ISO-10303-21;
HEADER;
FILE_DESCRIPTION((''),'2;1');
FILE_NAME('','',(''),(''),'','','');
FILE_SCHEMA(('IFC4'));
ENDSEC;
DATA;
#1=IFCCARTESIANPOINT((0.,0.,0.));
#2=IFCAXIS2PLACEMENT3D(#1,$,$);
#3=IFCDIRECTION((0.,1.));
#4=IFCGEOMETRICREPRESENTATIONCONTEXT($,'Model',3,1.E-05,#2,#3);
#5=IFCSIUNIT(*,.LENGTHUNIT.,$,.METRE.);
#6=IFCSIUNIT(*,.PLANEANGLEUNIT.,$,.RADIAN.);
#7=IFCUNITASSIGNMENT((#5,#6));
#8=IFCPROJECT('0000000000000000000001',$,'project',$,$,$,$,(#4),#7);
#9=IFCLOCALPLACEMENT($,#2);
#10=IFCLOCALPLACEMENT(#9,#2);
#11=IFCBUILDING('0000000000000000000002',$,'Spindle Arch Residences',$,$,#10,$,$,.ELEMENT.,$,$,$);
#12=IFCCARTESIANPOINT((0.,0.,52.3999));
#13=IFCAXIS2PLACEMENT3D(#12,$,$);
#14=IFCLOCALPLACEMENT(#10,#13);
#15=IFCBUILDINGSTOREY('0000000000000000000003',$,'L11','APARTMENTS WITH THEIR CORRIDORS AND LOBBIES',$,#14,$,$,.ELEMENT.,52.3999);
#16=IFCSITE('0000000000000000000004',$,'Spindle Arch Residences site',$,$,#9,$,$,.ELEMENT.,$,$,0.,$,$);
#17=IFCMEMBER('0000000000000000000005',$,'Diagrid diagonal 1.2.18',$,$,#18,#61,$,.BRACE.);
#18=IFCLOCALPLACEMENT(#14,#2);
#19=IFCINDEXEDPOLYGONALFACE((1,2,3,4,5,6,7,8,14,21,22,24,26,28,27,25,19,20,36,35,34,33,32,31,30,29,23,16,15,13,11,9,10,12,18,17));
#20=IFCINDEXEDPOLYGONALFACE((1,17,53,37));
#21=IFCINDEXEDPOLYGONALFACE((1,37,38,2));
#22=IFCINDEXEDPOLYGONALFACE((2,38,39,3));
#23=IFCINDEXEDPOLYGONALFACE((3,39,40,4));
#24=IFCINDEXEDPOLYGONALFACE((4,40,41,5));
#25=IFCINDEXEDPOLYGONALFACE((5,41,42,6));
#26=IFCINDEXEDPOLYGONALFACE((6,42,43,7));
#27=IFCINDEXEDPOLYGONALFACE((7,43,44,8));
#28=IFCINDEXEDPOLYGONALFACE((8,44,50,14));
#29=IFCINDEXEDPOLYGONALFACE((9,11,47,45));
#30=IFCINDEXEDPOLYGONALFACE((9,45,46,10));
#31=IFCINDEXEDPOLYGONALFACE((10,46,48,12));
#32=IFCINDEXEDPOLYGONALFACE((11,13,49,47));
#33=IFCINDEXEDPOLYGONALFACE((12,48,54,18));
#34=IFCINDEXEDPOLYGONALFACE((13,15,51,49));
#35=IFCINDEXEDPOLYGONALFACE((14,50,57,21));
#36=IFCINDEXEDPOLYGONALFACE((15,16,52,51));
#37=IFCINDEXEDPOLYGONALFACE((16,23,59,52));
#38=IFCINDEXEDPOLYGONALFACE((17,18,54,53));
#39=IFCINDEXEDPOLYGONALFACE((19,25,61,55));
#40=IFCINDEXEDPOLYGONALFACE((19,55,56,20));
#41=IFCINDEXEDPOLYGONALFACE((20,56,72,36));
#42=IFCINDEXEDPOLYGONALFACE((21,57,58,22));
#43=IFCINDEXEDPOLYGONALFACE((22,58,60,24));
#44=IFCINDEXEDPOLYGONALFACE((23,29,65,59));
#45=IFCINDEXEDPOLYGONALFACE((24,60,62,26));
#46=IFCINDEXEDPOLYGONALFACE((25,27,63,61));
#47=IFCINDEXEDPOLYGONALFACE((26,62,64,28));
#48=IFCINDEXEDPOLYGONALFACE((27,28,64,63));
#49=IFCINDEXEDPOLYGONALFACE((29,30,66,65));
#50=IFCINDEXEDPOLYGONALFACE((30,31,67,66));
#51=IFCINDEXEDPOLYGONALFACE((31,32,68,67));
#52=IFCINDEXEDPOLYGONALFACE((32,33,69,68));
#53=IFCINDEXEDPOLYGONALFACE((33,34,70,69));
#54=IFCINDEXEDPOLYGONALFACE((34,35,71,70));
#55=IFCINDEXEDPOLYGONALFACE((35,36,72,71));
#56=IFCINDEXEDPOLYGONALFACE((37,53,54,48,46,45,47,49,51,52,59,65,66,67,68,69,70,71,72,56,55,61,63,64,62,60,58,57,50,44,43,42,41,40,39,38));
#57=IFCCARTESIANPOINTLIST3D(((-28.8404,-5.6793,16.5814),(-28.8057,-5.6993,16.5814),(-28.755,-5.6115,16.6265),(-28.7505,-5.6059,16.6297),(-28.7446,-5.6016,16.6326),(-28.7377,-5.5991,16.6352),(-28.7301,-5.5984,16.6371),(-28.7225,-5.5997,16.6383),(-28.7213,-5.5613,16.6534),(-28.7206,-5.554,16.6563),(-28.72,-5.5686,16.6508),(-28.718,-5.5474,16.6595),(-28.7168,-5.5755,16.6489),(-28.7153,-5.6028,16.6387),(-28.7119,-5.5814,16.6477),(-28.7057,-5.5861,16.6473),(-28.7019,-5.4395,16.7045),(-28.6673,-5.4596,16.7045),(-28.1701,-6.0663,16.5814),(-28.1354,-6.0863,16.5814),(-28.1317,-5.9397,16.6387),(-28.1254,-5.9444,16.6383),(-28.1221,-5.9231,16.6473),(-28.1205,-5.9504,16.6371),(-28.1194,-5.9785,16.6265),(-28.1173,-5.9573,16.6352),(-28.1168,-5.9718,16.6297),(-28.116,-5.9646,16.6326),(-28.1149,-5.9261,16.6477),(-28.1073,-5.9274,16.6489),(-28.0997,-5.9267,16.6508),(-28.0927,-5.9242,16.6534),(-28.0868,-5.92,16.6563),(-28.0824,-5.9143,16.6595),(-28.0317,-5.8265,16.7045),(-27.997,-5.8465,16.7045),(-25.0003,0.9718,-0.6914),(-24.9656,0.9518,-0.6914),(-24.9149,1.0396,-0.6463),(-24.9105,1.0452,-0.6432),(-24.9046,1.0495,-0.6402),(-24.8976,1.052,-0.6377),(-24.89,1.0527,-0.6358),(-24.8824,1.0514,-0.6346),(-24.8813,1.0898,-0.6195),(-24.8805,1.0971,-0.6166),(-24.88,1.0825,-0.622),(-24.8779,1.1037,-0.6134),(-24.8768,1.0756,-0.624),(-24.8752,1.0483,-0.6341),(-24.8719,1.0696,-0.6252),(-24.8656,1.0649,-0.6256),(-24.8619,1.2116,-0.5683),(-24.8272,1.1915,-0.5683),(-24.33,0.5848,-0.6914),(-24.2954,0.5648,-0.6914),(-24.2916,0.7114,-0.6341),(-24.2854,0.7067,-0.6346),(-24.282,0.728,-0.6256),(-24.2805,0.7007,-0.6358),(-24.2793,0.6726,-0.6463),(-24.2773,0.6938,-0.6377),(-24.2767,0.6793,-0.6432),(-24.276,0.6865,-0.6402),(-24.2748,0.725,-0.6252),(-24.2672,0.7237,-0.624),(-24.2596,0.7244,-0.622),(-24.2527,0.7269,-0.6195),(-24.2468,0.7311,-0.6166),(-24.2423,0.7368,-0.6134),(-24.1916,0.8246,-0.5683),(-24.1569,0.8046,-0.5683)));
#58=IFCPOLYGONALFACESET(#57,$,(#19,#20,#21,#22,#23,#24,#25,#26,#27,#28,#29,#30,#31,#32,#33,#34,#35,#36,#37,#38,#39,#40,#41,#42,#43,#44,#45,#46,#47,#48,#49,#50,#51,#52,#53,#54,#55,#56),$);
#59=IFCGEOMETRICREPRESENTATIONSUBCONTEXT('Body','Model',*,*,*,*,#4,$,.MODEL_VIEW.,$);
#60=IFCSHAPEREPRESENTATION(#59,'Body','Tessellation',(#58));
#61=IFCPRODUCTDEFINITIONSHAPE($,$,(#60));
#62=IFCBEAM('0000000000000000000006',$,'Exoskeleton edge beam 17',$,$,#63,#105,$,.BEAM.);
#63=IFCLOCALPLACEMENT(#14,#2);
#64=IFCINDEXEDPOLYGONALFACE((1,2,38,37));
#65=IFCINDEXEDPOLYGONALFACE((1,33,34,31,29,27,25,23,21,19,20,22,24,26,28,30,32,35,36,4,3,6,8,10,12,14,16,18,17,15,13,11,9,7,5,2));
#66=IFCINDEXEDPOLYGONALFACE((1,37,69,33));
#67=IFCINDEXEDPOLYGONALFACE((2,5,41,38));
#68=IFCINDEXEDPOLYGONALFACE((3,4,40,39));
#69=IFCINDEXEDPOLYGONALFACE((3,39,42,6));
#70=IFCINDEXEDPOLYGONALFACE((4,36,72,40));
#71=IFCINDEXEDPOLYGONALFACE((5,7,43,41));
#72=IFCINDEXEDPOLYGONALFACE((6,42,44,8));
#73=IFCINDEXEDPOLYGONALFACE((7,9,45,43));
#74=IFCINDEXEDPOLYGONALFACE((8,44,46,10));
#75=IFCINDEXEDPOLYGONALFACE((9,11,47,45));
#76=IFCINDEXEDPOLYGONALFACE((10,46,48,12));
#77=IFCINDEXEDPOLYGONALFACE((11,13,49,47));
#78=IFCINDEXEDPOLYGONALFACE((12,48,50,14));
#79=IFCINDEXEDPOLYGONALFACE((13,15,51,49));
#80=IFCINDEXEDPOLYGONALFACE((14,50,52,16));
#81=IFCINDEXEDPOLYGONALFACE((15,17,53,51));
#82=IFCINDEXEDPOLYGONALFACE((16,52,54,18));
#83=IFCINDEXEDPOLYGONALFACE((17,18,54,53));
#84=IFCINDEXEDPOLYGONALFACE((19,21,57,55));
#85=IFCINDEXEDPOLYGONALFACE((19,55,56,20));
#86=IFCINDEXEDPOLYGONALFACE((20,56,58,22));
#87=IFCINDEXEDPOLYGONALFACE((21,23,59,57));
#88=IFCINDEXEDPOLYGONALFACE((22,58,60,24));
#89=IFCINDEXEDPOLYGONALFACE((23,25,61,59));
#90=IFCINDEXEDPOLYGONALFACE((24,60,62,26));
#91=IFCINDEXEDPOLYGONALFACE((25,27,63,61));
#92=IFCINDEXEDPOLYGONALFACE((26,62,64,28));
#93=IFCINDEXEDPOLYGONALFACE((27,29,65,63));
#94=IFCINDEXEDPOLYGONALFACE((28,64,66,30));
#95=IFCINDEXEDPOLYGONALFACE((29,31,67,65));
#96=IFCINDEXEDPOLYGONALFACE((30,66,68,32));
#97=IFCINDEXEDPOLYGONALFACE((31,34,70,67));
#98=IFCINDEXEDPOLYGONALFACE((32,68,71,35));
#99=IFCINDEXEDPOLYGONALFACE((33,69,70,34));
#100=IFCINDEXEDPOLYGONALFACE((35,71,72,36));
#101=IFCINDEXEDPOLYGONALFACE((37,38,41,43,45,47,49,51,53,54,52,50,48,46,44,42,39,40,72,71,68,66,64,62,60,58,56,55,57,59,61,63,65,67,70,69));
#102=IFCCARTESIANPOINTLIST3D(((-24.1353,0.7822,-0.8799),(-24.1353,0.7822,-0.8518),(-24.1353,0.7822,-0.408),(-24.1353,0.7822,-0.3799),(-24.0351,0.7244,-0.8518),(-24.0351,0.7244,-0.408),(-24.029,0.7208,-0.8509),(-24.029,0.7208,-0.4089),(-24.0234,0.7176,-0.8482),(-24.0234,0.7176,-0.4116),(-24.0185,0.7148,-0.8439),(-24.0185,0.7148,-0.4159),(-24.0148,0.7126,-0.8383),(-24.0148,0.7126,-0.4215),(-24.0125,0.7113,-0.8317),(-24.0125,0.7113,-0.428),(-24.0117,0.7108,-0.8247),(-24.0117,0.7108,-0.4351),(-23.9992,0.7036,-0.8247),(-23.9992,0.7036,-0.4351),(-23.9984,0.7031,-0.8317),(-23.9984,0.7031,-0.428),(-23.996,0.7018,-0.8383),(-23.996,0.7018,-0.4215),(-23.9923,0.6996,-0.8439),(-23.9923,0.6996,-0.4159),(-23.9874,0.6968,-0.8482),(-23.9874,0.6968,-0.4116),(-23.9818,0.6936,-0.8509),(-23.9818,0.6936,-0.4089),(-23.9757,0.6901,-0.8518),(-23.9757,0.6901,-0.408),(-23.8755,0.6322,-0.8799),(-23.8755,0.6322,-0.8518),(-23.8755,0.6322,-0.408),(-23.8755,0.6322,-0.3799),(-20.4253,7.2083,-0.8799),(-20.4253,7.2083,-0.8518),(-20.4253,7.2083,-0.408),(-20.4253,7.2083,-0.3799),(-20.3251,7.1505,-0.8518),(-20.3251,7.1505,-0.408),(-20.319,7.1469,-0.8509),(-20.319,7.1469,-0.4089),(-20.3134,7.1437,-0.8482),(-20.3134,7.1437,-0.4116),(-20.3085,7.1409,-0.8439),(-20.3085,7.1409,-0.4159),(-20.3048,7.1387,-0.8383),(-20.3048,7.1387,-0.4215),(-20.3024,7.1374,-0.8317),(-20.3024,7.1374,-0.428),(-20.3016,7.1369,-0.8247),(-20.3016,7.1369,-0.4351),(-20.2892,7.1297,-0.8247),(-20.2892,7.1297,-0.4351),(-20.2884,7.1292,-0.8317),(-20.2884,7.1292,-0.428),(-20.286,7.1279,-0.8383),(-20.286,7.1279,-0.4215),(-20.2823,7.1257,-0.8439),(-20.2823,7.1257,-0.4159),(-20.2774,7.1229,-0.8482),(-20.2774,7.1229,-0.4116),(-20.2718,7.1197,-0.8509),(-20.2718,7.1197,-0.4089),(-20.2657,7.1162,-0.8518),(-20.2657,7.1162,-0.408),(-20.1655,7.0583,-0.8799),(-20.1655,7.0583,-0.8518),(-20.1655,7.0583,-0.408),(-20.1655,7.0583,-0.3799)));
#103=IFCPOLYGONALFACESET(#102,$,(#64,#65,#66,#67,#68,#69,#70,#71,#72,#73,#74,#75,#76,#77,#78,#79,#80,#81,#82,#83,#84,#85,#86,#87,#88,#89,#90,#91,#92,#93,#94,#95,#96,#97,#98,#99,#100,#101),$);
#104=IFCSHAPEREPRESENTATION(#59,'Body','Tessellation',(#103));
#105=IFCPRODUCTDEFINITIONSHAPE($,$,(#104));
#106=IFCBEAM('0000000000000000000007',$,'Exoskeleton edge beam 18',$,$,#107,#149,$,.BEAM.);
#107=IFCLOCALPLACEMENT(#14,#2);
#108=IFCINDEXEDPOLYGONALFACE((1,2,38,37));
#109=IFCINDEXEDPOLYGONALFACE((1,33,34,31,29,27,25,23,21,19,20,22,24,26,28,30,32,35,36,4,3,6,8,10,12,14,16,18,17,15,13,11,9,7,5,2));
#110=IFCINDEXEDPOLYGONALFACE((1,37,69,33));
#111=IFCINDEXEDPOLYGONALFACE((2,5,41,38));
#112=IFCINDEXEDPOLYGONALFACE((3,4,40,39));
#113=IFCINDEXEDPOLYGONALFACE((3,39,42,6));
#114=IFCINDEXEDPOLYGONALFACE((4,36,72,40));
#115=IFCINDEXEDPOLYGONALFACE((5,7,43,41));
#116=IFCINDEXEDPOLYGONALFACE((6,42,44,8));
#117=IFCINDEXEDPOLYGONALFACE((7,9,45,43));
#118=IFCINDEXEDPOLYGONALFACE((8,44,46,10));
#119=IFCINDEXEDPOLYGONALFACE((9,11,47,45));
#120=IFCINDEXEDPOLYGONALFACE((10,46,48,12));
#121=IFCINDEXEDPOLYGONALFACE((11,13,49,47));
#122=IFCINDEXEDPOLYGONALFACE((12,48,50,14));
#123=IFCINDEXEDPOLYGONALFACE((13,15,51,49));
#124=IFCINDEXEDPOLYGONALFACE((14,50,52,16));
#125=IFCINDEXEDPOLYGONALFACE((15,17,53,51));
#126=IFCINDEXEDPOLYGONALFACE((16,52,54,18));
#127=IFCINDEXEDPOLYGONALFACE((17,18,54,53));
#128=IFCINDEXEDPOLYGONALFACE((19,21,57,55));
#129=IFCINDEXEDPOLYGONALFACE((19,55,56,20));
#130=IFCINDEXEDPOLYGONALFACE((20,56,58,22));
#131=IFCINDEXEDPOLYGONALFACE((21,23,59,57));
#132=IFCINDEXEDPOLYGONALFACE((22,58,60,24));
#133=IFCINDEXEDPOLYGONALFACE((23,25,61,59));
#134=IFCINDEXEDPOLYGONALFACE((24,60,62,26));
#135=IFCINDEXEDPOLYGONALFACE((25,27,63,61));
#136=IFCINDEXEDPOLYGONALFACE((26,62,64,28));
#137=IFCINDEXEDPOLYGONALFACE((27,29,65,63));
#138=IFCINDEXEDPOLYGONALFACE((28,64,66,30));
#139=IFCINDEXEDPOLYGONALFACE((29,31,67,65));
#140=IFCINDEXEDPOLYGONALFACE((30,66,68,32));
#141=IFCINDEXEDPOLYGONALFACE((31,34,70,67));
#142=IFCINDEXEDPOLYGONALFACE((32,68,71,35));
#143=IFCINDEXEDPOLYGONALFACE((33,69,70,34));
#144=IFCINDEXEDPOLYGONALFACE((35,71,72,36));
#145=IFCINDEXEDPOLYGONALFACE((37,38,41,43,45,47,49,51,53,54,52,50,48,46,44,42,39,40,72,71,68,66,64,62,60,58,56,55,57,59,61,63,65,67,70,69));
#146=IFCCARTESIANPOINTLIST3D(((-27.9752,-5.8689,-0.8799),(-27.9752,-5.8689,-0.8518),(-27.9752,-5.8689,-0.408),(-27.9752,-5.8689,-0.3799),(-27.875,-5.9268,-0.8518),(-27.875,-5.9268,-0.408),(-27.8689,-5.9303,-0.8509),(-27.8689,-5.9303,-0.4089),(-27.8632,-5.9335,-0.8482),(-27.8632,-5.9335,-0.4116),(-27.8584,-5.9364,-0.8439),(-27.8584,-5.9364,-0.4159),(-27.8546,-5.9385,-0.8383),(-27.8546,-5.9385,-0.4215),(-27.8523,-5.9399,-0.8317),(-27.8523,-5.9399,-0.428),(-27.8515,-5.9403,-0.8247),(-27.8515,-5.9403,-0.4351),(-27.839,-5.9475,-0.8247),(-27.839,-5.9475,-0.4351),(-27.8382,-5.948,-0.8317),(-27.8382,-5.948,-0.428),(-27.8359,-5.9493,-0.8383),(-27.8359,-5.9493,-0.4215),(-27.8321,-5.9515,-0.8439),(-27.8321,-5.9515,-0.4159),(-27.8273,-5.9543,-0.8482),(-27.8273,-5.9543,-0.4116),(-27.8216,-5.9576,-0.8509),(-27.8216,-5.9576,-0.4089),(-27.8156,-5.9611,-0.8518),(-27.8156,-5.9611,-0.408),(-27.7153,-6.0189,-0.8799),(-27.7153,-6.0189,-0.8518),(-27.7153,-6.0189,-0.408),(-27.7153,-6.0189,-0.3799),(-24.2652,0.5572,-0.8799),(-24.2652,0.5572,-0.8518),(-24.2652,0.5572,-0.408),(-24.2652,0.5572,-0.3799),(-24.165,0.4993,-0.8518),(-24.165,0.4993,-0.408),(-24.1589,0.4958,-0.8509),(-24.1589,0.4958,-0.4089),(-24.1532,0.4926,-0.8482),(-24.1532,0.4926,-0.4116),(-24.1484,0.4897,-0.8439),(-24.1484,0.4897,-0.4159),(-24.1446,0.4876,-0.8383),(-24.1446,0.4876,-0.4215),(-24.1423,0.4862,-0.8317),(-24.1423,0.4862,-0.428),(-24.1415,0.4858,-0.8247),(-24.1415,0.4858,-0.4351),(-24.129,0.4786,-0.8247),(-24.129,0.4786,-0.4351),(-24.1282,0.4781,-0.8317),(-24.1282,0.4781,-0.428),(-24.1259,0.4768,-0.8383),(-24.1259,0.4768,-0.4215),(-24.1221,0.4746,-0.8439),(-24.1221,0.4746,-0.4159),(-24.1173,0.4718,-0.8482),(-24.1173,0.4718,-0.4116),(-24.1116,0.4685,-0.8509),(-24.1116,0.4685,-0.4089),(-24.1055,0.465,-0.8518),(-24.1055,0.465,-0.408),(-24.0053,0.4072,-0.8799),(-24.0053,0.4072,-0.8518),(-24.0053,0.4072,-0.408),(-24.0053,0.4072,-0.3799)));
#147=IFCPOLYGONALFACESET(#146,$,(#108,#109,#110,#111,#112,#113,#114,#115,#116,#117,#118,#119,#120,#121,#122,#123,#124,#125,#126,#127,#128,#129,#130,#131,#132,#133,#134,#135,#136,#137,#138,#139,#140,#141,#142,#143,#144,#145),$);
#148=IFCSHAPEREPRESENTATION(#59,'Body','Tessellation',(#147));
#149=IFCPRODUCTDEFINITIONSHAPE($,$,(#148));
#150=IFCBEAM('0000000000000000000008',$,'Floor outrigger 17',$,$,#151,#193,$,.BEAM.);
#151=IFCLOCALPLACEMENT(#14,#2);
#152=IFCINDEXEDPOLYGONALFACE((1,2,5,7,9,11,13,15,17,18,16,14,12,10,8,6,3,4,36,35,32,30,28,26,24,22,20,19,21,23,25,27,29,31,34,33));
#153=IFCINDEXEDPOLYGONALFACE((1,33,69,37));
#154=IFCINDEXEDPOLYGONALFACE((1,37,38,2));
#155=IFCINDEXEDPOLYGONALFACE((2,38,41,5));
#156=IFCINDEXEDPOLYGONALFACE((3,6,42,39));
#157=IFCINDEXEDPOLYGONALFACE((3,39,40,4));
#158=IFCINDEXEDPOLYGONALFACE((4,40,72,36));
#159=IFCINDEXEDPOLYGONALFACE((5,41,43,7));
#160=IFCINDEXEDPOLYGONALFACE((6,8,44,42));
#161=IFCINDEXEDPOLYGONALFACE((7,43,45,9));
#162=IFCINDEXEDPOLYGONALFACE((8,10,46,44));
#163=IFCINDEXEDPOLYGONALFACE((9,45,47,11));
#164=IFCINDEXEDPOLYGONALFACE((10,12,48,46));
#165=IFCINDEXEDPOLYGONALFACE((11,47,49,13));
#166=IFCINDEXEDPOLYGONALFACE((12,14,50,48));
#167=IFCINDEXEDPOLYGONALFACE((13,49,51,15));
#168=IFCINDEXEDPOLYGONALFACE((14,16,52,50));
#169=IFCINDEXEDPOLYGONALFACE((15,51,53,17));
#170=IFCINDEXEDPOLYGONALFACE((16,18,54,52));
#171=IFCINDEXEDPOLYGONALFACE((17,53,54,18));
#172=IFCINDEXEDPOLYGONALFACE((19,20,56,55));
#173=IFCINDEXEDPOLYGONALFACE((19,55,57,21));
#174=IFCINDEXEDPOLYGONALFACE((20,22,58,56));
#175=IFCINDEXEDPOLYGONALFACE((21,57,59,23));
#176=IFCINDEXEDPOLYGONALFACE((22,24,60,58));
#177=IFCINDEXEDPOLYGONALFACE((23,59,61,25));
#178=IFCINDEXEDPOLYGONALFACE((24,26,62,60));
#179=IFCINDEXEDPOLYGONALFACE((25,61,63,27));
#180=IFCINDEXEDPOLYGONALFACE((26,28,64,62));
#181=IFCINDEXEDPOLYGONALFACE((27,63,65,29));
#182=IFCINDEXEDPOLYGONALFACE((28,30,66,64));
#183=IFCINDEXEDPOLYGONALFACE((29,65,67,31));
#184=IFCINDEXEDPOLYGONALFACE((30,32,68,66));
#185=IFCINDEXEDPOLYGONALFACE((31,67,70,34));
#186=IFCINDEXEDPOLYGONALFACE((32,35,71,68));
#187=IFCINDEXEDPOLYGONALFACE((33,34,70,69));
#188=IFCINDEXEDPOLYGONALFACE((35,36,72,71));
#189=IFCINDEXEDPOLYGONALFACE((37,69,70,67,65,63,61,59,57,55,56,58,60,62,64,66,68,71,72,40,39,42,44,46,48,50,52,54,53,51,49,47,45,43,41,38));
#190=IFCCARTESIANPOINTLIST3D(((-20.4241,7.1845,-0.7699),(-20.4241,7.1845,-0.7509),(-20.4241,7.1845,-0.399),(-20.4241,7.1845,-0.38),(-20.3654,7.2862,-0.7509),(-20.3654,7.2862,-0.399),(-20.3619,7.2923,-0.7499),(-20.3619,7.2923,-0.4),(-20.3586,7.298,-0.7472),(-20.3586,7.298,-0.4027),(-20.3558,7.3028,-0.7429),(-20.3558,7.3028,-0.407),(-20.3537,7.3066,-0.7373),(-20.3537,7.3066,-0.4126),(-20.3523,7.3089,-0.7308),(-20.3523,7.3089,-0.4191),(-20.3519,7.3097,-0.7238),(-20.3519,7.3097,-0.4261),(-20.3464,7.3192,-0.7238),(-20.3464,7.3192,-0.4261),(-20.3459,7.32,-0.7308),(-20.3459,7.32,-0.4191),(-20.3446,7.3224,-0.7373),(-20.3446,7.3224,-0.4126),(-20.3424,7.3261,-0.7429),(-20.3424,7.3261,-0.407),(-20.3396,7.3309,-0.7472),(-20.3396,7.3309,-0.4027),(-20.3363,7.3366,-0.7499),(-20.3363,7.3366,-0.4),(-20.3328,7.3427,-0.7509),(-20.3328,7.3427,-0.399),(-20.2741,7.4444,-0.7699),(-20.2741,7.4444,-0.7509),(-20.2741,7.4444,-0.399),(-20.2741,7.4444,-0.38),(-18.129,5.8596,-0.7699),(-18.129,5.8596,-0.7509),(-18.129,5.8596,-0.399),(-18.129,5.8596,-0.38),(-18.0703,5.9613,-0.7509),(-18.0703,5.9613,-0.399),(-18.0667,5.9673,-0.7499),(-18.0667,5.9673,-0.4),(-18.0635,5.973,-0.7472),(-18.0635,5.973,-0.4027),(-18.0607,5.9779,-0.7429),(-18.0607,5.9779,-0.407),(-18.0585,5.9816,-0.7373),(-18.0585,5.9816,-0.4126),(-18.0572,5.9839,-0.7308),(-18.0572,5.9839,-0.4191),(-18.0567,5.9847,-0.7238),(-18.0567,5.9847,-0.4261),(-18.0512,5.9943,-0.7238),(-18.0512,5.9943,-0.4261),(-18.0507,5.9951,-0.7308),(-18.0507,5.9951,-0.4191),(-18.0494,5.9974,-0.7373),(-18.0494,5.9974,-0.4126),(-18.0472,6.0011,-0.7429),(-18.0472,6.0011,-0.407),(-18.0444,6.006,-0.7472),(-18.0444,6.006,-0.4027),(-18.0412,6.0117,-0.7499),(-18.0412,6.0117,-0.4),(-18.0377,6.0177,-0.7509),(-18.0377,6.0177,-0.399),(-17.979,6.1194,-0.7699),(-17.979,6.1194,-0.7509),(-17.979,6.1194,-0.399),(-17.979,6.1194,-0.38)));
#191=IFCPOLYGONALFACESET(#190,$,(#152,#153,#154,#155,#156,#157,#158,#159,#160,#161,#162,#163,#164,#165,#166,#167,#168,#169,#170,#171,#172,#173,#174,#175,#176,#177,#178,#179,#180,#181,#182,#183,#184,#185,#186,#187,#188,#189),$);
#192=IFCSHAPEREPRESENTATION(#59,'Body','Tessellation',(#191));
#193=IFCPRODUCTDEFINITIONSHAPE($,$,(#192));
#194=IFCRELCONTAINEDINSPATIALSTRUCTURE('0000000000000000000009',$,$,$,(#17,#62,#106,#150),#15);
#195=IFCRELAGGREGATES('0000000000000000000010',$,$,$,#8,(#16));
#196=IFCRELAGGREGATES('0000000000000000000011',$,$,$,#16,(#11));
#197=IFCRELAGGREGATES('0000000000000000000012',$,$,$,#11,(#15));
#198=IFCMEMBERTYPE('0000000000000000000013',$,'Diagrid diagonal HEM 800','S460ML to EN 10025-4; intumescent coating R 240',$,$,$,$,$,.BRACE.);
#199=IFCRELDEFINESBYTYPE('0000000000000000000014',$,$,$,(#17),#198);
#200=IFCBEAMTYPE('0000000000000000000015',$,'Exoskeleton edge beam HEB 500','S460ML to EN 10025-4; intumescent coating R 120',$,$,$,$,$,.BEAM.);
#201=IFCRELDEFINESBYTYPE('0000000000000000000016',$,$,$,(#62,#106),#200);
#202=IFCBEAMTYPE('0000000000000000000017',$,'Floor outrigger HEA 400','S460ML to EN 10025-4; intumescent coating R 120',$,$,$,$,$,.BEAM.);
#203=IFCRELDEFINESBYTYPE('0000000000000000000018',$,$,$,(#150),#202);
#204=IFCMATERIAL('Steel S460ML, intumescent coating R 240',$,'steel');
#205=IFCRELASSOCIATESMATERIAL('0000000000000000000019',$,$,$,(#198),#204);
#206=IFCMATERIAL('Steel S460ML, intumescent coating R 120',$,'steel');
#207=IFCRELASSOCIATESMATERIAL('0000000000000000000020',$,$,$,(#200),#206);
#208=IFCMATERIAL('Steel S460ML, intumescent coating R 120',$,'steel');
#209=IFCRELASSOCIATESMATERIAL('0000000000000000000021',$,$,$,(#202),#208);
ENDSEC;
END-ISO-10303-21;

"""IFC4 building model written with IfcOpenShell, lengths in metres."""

from ifc_helpers import new_model, si_unit, direction, frame, origin, origin_2d, place, context, subcontext, project, spatial, i_section, extrude, material, material_profile, profile_set, type_object, element, save


model = new_model("IFC4")

# Units and contexts
model_context = context("Model", 3, precision=1e-05, world=origin(), true_north=direction((0.0, 1.0)))
body_context = subcontext(model_context, "Body", "Model", "MODEL_VIEW")
ifc_project = project(units=[si_unit("LENGTHUNIT", "METRE"), si_unit("PLANEANGLEUNIT", "RADIAN")], contexts=[model_context])

# Site, building, storey
site_placement = place(None, origin())
site = spatial("IfcSite", under=ifc_project, at=site_placement, Name="Spindle Arch Residences site", CompositionType="ELEMENT", RefElevation=0.0)
building_placement = place(site_placement, origin())
building = spatial("IfcBuilding", under=site, at=building_placement, Name="Spindle Arch Residences", CompositionType="ELEMENT")
storey_placement = place(building_placement, frame((0.0, 0.0, 52.3999)))
storey = spatial("IfcBuildingStorey", under=building, at=storey_placement, Name="L11", Description="APARTMENTS WITH THEIR CORRIDORS AND LOBBIES", CompositionType="ELEMENT", Elevation=52.3999)

# Member
ifc_material_1 = material(Name="Steel S460ML, intumescent coating R 240", Category="steel")
ifc_material_profile_1 = material_profile(ifc_material_1, i_section(OverallWidth=0.303, OverallDepth=0.814, WebThickness=0.021, FlangeThickness=0.04, FilletRadius=0.03, at=origin_2d()), Name="HEM 800")
ifc_profile_set_1 = profile_set([ifc_material_profile_1], Name="Steel S460ML, intumescent coating R 240")
member_type_1 = type_object("IfcMemberType", Name="Diagrid diagonal HEM 800", Description="S460ML to EN 10025-4; intumescent coating R 240", PredefinedType="BRACE", material=ifc_profile_set_1)
for number, where, z_axis, x_axis, name in (
    (1, (-24.5786, 0.8882, -0.6299), (-0.203143, -0.351848, 0.913748), (0.45688, 0.791326, 0.406281), "Diagrid diagonal 1.2.18"),
):
    element("IfcMember", number, at=place(storey_placement, frame(where, z_axis=z_axis, x_axis=x_axis)), inside=storey, type_object=member_type_1, Name=name, PredefinedType="BRACE", context=body_context, shape_type="SweptSolid", body=[
        extrude(i_section(OverallWidth=0.303, OverallDepth=0.814, WebThickness=0.021, FlangeThickness=0.04, FilletRadius=0.03, at=origin_2d()), origin(), (0.0, 0.0, 1.0), 18.9033),
    ])

# Beams
ifc_material_2 = material(Name="Steel S460ML, intumescent coating R 120", Category="steel")
ifc_material_profile_2 = material_profile(ifc_material_2, i_section(OverallWidth=0.3, OverallDepth=0.5, WebThickness=0.0144, FlangeThickness=0.0281, FilletRadius=0.0271, at=origin_2d()), Name="HEB 500")
ifc_profile_set_2 = profile_set([ifc_material_profile_2], Name="Steel S460ML, intumescent coating R 120")
beam_type_1 = type_object("IfcBeamType", Name="Exoskeleton edge beam HEB 500", Description="S460ML to EN 10025-4; intumescent coating R 120", PredefinedType="BEAM", material=ifc_profile_set_2)
for number, where, z_axis, x_axis, name in (
    (2, (-20.2954, 7.1333, -0.6299), (-0.499989, -0.866032, 0.0), (0.866032, -0.499989, 0.0), "Exoskeleton edge beam 17"),
    (3, (-24.1353, 0.4822, -0.6299), (-0.499989, -0.866032, 0.0), (0.866032, -0.499989, 0.0), "Exoskeleton edge beam 18"),
):
    element("IfcBeam", number, at=place(storey_placement, frame(where, z_axis=z_axis, x_axis=x_axis)), inside=storey, type_object=beam_type_1, Name=name, PredefinedType="BEAM", context=body_context, shape_type="SweptSolid", body=[
        extrude(i_section(OverallWidth=0.3, OverallDepth=0.5, WebThickness=0.0144, FlangeThickness=0.0281, FilletRadius=0.0271, at=origin_2d()), origin(), (0.0, 0.0, 1.0), 7.4202),
    ])
ifc_material_3 = material(Name="Steel S460ML, intumescent coating R 120", Category="steel")
ifc_material_profile_3 = material_profile(ifc_material_3, i_section(OverallWidth=0.3, OverallDepth=0.3899, WebThickness=0.011, FlangeThickness=0.019, FilletRadius=0.0271, at=origin_2d()), Name="HEA 400")
ifc_profile_set_3 = profile_set([ifc_material_profile_3], Name="Steel S460ML, intumescent coating R 120")
beam_type_2 = type_object("IfcBeamType", Name="Floor outrigger HEA 400", Description="S460ML to EN 10025-4; intumescent coating R 120", PredefinedType="BEAM", material=ifc_profile_set_3)
beam_1_placement = place(storey_placement, frame((-20.3491, 7.3145, -0.575), z_axis=(0.866052, -0.499954, 0.0), x_axis=(0.499954, 0.866052, 0.0)))
element("IfcBeam", 4, at=beam_1_placement, inside=storey, type_object=beam_type_2, Name="Floor outrigger 17", PredefinedType="BEAM", context=body_context, shape_type="SweptSolid", body=[
    extrude(i_section(OverallWidth=0.3, OverallDepth=0.3899, WebThickness=0.011, FlangeThickness=0.019, FilletRadius=0.0271, at=origin_2d()), origin(), (0.0, 0.0, 1.0), 2.6501),
])

save(model, "model.ifc")
